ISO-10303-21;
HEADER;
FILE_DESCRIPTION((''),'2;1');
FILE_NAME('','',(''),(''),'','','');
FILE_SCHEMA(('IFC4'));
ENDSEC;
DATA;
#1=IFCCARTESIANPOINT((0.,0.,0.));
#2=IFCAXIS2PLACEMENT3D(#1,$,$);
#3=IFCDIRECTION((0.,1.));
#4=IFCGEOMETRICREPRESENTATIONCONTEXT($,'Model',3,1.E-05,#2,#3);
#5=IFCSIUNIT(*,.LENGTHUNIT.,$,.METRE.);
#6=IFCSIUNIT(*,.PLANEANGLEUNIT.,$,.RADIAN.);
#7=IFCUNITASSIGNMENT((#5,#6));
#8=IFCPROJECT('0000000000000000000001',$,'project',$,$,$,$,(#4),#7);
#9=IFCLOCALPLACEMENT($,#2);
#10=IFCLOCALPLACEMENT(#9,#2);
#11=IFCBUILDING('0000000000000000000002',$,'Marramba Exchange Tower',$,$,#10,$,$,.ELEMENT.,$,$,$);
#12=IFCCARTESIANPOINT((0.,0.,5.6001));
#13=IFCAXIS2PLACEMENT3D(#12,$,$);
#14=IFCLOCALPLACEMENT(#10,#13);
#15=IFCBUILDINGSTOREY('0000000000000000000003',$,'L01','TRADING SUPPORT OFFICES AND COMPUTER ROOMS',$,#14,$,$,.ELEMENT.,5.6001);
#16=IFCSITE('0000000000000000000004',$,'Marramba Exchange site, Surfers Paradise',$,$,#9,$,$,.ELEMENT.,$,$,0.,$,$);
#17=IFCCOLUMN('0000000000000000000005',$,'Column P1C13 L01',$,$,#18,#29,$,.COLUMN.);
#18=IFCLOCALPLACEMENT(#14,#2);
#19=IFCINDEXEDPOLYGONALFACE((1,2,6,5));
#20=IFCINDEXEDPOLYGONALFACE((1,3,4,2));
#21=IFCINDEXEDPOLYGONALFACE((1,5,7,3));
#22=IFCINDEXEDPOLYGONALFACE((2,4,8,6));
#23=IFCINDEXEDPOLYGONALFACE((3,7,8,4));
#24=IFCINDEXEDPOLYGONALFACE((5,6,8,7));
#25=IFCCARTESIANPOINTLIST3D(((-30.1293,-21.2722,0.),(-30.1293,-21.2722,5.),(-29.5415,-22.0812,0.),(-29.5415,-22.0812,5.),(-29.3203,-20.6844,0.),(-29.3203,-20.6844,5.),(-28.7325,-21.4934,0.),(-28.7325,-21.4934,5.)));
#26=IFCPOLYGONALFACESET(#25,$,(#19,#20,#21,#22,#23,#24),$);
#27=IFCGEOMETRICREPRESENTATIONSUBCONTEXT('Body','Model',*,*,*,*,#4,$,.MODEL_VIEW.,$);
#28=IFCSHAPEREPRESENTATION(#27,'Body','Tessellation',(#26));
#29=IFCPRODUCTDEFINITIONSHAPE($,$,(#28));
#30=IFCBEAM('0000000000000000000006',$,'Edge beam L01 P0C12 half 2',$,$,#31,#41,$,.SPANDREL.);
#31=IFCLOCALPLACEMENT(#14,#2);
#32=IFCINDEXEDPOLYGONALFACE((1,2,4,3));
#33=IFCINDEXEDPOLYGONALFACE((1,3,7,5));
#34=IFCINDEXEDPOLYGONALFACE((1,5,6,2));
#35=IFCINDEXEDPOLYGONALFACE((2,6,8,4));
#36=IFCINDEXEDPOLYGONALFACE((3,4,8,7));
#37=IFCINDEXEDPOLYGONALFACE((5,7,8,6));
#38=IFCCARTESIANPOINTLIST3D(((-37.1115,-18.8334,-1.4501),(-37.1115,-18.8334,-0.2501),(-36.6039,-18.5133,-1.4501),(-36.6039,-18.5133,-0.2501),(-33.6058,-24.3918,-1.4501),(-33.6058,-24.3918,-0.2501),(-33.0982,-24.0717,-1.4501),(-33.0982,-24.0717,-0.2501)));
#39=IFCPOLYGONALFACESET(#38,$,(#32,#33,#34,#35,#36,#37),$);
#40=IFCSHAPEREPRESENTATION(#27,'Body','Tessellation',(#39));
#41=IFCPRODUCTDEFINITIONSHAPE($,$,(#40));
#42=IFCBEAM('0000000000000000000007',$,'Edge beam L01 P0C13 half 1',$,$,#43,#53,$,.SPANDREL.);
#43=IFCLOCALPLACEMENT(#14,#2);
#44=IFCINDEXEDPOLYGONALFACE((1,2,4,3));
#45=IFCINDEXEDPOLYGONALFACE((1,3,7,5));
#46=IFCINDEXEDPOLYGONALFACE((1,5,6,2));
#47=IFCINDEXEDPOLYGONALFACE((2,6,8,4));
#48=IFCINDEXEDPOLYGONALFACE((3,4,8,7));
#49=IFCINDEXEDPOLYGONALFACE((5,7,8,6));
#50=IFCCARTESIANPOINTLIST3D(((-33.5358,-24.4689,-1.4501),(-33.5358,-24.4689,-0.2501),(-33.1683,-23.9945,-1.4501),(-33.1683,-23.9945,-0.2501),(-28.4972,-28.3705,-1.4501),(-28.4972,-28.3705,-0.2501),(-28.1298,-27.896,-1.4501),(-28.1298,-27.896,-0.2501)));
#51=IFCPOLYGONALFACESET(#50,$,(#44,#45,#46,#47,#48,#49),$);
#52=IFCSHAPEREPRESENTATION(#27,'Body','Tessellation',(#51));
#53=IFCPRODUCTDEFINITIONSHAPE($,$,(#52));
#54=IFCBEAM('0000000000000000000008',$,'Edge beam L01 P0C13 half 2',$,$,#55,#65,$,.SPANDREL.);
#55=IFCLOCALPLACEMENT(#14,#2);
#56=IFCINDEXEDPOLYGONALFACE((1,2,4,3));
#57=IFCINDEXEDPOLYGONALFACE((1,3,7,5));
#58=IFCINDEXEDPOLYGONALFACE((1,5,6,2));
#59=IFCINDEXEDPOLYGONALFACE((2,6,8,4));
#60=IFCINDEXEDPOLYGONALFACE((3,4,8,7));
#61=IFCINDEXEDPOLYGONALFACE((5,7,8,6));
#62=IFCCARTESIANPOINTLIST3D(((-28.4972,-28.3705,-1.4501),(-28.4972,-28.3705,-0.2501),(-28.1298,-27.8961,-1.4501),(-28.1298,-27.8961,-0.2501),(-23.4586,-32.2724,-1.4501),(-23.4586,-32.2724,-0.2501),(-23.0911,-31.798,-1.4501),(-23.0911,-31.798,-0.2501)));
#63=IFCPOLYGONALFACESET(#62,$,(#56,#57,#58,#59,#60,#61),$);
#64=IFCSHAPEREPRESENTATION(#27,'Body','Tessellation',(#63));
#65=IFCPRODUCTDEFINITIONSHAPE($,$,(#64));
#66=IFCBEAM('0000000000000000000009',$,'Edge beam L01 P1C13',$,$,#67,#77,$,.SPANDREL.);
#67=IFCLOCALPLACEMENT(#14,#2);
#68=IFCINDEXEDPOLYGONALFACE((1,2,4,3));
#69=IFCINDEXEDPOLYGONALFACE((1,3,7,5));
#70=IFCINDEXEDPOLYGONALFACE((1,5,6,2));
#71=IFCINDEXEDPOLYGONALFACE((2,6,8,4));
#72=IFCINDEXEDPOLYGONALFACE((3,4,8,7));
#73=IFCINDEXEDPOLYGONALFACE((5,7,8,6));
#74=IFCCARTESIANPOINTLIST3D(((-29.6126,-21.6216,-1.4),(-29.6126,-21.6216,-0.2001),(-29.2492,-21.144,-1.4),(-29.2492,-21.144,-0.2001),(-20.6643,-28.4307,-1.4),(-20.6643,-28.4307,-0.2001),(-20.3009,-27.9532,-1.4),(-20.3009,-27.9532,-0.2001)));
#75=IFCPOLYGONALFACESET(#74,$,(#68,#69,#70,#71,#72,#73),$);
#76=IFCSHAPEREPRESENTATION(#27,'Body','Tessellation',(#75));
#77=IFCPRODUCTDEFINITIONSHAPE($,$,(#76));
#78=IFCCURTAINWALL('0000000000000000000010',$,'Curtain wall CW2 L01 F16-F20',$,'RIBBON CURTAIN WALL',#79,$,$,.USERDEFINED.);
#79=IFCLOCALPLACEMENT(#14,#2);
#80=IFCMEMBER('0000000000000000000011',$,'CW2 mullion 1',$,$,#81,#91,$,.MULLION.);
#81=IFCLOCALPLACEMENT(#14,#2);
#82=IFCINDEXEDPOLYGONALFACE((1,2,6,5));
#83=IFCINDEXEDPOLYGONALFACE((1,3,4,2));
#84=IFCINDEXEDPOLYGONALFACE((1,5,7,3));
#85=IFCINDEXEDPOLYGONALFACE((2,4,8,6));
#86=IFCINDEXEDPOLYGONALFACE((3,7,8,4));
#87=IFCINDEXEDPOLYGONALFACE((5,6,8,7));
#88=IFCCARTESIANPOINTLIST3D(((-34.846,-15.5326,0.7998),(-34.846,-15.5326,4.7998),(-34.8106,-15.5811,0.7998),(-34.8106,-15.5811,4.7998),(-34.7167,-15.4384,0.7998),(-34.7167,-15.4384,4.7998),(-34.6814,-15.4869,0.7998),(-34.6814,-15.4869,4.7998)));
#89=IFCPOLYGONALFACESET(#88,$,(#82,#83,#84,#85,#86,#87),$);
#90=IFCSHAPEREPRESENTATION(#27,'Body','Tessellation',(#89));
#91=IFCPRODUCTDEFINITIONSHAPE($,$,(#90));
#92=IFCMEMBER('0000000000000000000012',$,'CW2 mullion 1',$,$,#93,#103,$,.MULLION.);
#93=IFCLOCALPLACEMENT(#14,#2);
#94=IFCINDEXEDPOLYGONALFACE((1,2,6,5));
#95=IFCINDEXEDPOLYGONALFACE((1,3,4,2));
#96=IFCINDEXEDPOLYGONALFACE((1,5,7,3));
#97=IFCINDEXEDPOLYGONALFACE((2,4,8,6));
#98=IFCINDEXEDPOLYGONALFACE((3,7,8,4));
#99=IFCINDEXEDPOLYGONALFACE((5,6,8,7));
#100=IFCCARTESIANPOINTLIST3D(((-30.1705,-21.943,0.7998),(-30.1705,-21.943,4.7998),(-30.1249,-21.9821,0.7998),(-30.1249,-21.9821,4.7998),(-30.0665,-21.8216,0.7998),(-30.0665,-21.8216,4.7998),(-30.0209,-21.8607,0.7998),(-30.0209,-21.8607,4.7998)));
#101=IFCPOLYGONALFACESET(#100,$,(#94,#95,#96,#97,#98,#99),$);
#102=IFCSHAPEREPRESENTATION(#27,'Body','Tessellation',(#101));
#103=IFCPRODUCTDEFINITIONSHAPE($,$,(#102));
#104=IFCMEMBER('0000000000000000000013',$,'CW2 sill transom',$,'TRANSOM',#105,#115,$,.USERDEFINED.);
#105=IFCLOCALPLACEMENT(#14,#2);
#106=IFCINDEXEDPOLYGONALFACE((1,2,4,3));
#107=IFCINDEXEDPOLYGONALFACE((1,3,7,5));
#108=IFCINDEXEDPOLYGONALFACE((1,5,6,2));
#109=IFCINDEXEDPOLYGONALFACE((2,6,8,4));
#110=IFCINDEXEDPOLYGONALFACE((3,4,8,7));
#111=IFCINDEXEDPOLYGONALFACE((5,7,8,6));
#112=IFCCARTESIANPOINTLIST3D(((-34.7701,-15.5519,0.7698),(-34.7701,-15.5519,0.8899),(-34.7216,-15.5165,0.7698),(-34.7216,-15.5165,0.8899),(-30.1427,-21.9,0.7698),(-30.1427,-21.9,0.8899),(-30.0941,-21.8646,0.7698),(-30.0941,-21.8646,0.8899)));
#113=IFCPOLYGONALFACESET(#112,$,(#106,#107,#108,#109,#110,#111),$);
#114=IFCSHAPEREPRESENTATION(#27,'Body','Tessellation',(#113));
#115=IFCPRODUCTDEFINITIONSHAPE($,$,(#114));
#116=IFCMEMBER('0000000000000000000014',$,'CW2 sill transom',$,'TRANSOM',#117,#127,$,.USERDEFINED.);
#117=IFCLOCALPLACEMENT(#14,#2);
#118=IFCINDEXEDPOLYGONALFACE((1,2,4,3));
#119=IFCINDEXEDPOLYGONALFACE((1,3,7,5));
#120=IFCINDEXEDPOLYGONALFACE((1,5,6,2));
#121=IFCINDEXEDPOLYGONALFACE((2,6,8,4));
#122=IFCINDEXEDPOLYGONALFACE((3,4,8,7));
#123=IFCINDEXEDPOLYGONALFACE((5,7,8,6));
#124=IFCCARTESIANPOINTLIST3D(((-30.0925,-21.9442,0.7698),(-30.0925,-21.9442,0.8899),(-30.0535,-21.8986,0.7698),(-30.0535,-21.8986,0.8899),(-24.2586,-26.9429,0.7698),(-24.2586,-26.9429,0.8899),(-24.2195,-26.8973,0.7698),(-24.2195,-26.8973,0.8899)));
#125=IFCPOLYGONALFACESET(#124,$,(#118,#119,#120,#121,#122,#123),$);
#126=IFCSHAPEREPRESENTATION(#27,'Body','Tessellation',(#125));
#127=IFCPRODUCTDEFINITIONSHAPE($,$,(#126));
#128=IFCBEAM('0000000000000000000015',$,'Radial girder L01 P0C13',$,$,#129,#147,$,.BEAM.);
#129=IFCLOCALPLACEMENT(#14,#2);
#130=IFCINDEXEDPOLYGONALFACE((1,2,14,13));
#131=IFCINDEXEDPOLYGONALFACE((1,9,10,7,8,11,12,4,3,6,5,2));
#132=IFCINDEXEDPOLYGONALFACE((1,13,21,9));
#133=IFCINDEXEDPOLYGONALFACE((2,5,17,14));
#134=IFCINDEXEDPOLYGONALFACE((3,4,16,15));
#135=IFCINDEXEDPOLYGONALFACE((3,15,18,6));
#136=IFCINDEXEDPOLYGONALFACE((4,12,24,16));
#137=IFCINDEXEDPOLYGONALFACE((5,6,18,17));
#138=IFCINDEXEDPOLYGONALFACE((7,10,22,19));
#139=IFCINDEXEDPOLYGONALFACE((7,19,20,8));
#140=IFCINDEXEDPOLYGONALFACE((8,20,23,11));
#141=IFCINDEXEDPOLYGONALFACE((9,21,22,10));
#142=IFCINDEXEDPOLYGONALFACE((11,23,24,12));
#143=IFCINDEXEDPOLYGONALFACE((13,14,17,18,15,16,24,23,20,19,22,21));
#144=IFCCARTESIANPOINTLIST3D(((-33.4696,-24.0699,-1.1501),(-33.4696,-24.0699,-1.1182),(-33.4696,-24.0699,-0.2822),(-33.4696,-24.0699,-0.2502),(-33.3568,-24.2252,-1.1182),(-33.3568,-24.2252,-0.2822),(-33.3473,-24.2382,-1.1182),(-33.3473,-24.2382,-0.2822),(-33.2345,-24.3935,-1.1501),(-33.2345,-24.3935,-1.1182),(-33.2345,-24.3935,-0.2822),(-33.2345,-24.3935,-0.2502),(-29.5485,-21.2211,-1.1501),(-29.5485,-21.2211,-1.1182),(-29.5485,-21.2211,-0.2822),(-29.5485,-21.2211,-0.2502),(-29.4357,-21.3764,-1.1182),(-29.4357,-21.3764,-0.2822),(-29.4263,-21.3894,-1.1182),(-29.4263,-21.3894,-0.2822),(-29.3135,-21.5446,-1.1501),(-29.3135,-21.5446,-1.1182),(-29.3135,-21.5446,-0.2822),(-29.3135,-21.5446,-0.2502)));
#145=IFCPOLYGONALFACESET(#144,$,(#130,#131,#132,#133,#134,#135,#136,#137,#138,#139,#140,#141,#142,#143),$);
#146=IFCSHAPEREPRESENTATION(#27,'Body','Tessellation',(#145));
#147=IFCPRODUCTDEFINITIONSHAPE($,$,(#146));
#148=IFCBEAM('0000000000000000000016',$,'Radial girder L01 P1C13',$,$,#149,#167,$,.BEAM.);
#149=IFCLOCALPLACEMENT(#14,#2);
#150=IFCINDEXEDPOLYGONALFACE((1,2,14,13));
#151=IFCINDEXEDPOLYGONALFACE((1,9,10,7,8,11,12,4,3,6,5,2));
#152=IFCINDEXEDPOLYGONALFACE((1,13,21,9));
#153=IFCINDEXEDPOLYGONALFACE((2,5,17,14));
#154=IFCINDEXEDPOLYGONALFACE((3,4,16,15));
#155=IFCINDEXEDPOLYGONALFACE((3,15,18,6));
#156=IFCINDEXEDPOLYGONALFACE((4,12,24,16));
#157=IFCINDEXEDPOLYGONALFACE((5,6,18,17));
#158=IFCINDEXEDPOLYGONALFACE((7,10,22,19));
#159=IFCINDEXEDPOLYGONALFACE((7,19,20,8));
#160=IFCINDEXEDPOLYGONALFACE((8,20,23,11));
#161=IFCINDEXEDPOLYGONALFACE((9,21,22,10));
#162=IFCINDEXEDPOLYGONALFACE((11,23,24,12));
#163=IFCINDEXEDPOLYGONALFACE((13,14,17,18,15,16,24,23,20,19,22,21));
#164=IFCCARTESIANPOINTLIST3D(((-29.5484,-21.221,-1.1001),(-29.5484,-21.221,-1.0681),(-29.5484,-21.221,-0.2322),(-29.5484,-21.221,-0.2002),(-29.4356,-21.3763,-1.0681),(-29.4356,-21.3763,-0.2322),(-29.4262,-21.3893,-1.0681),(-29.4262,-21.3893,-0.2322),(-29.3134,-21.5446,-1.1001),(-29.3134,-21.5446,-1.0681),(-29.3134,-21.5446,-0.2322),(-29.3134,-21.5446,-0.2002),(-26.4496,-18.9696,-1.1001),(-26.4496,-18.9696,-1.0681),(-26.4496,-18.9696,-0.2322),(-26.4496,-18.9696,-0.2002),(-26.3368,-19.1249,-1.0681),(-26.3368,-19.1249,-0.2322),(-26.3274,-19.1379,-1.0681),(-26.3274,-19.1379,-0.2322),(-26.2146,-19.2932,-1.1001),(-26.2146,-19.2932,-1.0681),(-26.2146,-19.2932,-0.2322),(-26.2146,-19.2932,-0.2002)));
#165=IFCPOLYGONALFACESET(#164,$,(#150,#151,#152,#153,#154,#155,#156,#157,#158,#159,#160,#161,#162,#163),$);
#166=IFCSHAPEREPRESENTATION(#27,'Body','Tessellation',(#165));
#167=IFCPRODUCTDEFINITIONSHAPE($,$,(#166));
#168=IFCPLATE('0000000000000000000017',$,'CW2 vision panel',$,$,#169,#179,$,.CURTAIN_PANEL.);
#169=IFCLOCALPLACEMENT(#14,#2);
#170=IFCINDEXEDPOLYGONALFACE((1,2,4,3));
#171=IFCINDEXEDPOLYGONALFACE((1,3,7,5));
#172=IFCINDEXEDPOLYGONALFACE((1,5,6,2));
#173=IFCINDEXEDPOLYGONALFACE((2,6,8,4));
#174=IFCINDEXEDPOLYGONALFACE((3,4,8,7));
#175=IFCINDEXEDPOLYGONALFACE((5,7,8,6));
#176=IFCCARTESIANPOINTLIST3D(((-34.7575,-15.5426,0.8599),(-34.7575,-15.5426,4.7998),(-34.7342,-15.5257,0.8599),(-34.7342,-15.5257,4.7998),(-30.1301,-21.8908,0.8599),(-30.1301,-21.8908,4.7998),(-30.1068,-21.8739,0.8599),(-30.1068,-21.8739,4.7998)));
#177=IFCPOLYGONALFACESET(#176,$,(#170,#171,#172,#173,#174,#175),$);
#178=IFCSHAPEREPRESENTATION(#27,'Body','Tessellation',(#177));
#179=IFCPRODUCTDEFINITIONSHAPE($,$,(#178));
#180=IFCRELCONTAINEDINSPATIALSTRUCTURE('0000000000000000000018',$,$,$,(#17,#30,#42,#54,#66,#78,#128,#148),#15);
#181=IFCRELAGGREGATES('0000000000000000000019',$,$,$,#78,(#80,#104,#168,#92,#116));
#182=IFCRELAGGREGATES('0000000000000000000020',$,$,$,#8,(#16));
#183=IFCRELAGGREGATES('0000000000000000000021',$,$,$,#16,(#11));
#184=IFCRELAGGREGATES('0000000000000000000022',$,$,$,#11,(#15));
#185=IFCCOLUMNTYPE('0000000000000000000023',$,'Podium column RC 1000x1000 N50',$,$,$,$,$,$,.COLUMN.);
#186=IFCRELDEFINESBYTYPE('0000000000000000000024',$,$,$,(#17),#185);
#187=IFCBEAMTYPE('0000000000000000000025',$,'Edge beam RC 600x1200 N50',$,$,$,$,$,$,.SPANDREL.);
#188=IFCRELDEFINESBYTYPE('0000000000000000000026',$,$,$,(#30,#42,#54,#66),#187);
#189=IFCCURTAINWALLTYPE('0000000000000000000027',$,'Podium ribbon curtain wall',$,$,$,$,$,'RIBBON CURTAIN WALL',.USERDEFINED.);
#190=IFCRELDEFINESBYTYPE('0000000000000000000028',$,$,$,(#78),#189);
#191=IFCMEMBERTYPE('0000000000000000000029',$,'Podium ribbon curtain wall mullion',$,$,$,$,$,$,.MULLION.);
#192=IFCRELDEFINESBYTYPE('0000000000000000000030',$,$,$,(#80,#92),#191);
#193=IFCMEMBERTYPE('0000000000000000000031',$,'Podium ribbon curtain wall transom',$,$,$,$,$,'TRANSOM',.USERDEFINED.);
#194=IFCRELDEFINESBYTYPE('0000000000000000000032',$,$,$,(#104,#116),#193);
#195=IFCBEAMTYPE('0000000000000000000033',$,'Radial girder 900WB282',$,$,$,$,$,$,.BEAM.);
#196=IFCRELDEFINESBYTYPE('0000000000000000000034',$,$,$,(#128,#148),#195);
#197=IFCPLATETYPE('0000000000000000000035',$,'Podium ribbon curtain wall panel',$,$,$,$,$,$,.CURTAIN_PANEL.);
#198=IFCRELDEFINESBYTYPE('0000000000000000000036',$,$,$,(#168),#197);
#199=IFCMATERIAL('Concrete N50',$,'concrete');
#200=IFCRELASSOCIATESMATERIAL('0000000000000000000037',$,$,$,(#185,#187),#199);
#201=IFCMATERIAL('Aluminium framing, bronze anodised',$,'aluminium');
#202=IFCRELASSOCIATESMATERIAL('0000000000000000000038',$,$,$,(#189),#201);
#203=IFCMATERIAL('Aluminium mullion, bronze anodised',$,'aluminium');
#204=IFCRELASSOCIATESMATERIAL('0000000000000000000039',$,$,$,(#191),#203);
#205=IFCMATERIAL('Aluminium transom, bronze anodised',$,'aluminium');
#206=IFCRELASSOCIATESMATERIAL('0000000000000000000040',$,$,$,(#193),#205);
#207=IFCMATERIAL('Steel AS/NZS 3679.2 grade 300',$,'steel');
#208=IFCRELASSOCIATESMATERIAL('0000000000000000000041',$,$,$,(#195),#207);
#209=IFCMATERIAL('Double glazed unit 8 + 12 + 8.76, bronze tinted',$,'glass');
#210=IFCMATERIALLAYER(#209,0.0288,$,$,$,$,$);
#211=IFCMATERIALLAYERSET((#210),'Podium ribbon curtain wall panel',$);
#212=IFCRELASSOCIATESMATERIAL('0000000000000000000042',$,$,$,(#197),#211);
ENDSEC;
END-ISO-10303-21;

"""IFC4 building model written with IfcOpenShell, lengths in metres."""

from ifc_helpers import new_model, si_unit, direction, frame, origin, origin_2d, place, context, subcontext, project, spatial, rectangle, i_section, extrude, material, layer, layer_set, material_profile, profile_set, type_object, element, aggregate, save


model = new_model("IFC4")

# Units and contexts
model_context = context("Model", 3, precision=1e-05, world=origin(), true_north=direction((0.0, 1.0)))
body_context = subcontext(model_context, "Body", "Model", "MODEL_VIEW")
ifc_project = project(units=[si_unit("LENGTHUNIT", "METRE"), si_unit("PLANEANGLEUNIT", "RADIAN")], contexts=[model_context])

# Site, building, storey
site_placement = place(None, origin())
site = spatial("IfcSite", under=ifc_project, at=site_placement, Name="Marramba Exchange site, Surfers Paradise", CompositionType="ELEMENT", RefElevation=0.0)
building_placement = place(site_placement, origin())
building = spatial("IfcBuilding", under=site, at=building_placement, Name="Marramba Exchange Tower", CompositionType="ELEMENT")
storey_placement = place(building_placement, frame((0.0, 0.0, 5.6001)))
storey = spatial("IfcBuildingStorey", under=building, at=storey_placement, Name="L01", Description="TRADING SUPPORT OFFICES AND COMPUTER ROOMS", CompositionType="ELEMENT", Elevation=5.6001)

# Column
ifc_material_1 = material(Name="Concrete N50", Category="concrete")
ifc_material_profile_1 = material_profile(ifc_material_1, rectangle(XDim=1.0, YDim=1.0, at=origin_2d()), Name="RC 1000x1000")
ifc_profile_set_1 = profile_set([ifc_material_profile_1], Name="Concrete N50")
column_type = type_object("IfcColumnType", Name="Podium column RC 1000x1000 N50", PredefinedType="COLUMN", material=ifc_profile_set_1)
column_placement = place(storey_placement, frame((-29.4309, -21.3828, 0.0), z_axis=(0.0, 0.0, 1.0), x_axis=(-0.809017, -0.587785, 0.0)))
element("IfcColumn", 1, at=column_placement, inside=storey, type_object=column_type, Name="Column P1C13 L01", PredefinedType="COLUMN", context=body_context, shape_type="SweptSolid", body=[
    extrude(rectangle(XDim=1.0, YDim=1.0, at=origin_2d()), origin(), (0.0, 0.0, 1.0), 5.0),
])

# Beams
ifc_material_profile_2 = material_profile(ifc_material_1, rectangle(XDim=0.6001, YDim=1.2, at=origin_2d()), Name="RC 600x1200")
ifc_profile_set_2 = profile_set([ifc_material_profile_2], Name="Concrete N50")
beam_type_1 = type_object("IfcBeamType", Name="Edge beam RC 600x1200 N50", PredefinedType="SPANDREL", material=ifc_profile_set_2)
beam_1_placement = place(storey_placement, frame((-36.8577, -18.6733, -0.8501), z_axis=(0.533458, -0.845827, 0.0), x_axis=(0.845827, 0.533458, 0.0)))
element("IfcBeam", 2, at=beam_1_placement, inside=storey, type_object=beam_type_1, Name="Edge beam L01 P0C12 half 2", PredefinedType="SPANDREL", context=body_context, shape_type="SweptSolid", body=[
    extrude(rectangle(XDim=0.6001, YDim=1.2, at=origin_2d()), origin(), (0.0, 0.0, 1.0), 6.5715),
])
beam_2_placement = place(storey_placement, frame((-33.3521, -24.2317, -0.8501), z_axis=(0.790664, -0.61225, 0.0), x_axis=(0.61225, 0.790664, 0.0)))
element("IfcBeam", 3, at=beam_2_placement, inside=storey, type_object=beam_type_1, Name="Edge beam L01 P0C13 half 1", PredefinedType="SPANDREL", context=body_context, shape_type="SweptSolid", body=[
    extrude(rectangle(XDim=0.6001, YDim=1.2, at=origin_2d()), origin(), (0.0, 0.0, 1.0), 6.3726),
])
beam_3_placement = place(storey_placement, frame((-28.3135, -28.1333, -0.8501), z_axis=(0.790646, -0.612274, 0.0), x_axis=(0.612274, 0.790646, 0.0)))
element("IfcBeam", 4, at=beam_3_placement, inside=storey, type_object=beam_type_1, Name="Edge beam L01 P0C13 half 2", PredefinedType="SPANDREL", context=body_context, shape_type="SweptSolid", body=[
    extrude(rectangle(XDim=0.6001, YDim=1.2, at=origin_2d()), origin(), (0.0, 0.0, 1.0), 6.3728),
])
beam_4_placement = place(storey_placement, frame((-29.4309, -21.3828, -0.8), z_axis=(0.795801, -0.605558, 0.0), x_axis=(0.605558, 0.795801, 0.0)))
element("IfcBeam", 5, at=beam_4_placement, inside=storey, type_object=beam_type_1, Name="Edge beam L01 P1C13", PredefinedType="SPANDREL", context=body_context, shape_type="SweptSolid", body=[
    extrude(rectangle(XDim=0.6001, YDim=1.2, at=origin_2d()), origin(), (0.0, 0.0, 1.0), 11.2444),
])

# Curtain wall, members
ifc_material_2 = material(Name="Aluminium framing, bronze anodised", Category="aluminium")
curtain_wall_type = type_object("IfcCurtainWallType", Name="Podium ribbon curtain wall", ElementType="RIBBON CURTAIN WALL", PredefinedType="USERDEFINED", material=ifc_material_2)
curtain_wall_placement = place(storey_placement, origin())
curtain_wall = element("IfcCurtainWall", 6, at=curtain_wall_placement, inside=storey, type_object=curtain_wall_type, Name="Curtain wall CW2 L01 F16-F20", ObjectType="RIBBON CURTAIN WALL", PredefinedType="USERDEFINED")
ifc_material_3 = material(Name="Aluminium mullion, bronze anodised", Category="aluminium")
ifc_material_profile_3 = material_profile(ifc_material_3, rectangle(XDim=0.1599, YDim=0.0601, at=origin_2d()), Name="CW2 mullion 60x160")
ifc_profile_set_3 = profile_set([ifc_material_profile_3], Name="Aluminium mullion, bronze anodised")
member_type_1 = type_object("IfcMemberType", Name="Podium ribbon curtain wall mullion", PredefinedType="MULLION", material=ifc_profile_set_3)
member_1_placement = place(storey_placement, frame((-34.7637, -15.5098, 0.7998), z_axis=(0.0, 0.0, 1.0), x_axis=(0.8081, 0.589046, 0.0)))
member_1 = element("IfcMember", 7, at=member_1_placement, type_object=member_type_1, Name="CW2 mullion 1", PredefinedType="MULLION", context=body_context, shape_type="SweptSolid", body=[
    extrude(rectangle(XDim=0.1599, YDim=0.0601, at=origin_2d()), origin(), (0.0, 0.0, 1.0), 4.0),
])
member_2_placement = place(storey_placement, frame((-30.0957, -21.9019, 0.7998), z_axis=(0.0, 0.0, 1.0), x_axis=(0.650655, 0.759374, 0.0)))
member_2 = element("IfcMember", 8, at=member_2_placement, type_object=member_type_1, Name="CW2 mullion 1", PredefinedType="MULLION", context=body_context, shape_type="SweptSolid", body=[
    extrude(rectangle(XDim=0.1599, YDim=0.0601, at=origin_2d()), origin(), (0.0, 0.0, 1.0), 4.0),
])
ifc_material_4 = material(Name="Aluminium transom, bronze anodised", Category="aluminium")
ifc_material_profile_4 = material_profile(ifc_material_4, rectangle(XDim=0.0601, YDim=0.1201, at=origin_2d()), Name="CW2 transom 60x120")
ifc_profile_set_4 = profile_set([ifc_material_profile_4], Name="Aluminium transom, bronze anodised")
member_type_2 = type_object("IfcMemberType", Name="Podium ribbon curtain wall transom", ElementType="TRANSOM", PredefinedType="USERDEFINED", material=ifc_profile_set_4)
member_3_placement = place(storey_placement, frame((-34.7458, -15.5342, 0.8298), z_axis=(0.589055, -0.808093, 0.0), x_axis=(0.808093, 0.589055, 0.0)))
member_3 = element("IfcMember", 9, at=member_3_placement, type_object=member_type_2, Name="CW2 sill transom", ObjectType="TRANSOM", PredefinedType="USERDEFINED", context=body_context, shape_type="SweptSolid", body=[
    extrude(rectangle(XDim=0.0601, YDim=0.1201, at=origin_2d()), origin(), (0.0, 0.0, 1.0), 7.8557),
])
member_4_placement = place(storey_placement, frame((-30.073, -21.9214, 0.8298), z_axis=(0.759371, -0.650658, 0.0), x_axis=(0.650658, 0.759371, 0.0)))
member_4 = element("IfcMember", 10, at=member_4_placement, type_object=member_type_2, Name="CW2 sill transom", ObjectType="TRANSOM", PredefinedType="USERDEFINED", context=body_context, shape_type="SweptSolid", body=[
    extrude(rectangle(XDim=0.0601, YDim=0.1201, at=origin_2d()), origin(), (0.0, 0.0, 1.0), 7.6826),
])

# Beams
ifc_material_5 = material(Name="Steel AS/NZS 3679.2 grade 300", Category="steel")
ifc_material_profile_5 = material_profile(ifc_material_5, i_section(OverallWidth=0.3999, OverallDepth=0.8999, WebThickness=0.0161, FlangeThickness=0.032, at=origin_2d()), Name="900WB282")
ifc_profile_set_5 = profile_set([ifc_material_profile_5], Name="Steel AS/NZS 3679.2 grade 300")
beam_type_2 = type_object("IfcBeamType", Name="Radial girder 900WB282", PredefinedType="BEAM", material=ifc_profile_set_5)
beam_5_placement = place(storey_placement, frame((-33.3521, -24.2317, -0.7002), z_axis=(0.809017, 0.587785, 0.0), x_axis=(-0.587785, 0.809017, 0.0)))
element("IfcBeam", 11, at=beam_5_placement, inside=storey, type_object=beam_type_2, Name="Radial girder L01 P0C13", PredefinedType="BEAM", context=body_context, shape_type="SweptSolid", body=[
    extrude(i_section(OverallWidth=0.3999, OverallDepth=0.8999, WebThickness=0.0161, FlangeThickness=0.032, at=origin_2d()), origin(), (0.0, 0.0, 1.0), 4.8467),
])
beam_6_placement = place(storey_placement, frame((-29.4309, -21.3828, -0.6501), z_axis=(0.809017, 0.587785, 0.0), x_axis=(-0.587785, 0.809017, 0.0)))
element("IfcBeam", 12, at=beam_6_placement, inside=storey, type_object=beam_type_2, Name="Radial girder L01 P1C13", PredefinedType="BEAM", context=body_context, shape_type="SweptSolid", body=[
    extrude(i_section(OverallWidth=0.3999, OverallDepth=0.8999, WebThickness=0.0161, FlangeThickness=0.032, at=origin_2d()), origin(), (0.0, 0.0, 1.0), 3.8303),
])

# Plate
ifc_material_6 = material(Name="Double glazed unit 8 + 12 + 8.76, bronze tinted", Category="glass")
ifc_layer_1 = layer(ifc_material_6, 0.0288)
ifc_layer_set_1 = layer_set([ifc_layer_1], Name="Podium ribbon curtain wall panel")
plate_type = type_object("IfcPlateType", Name="Podium ribbon curtain wall panel", PredefinedType="CURTAIN_PANEL", material=ifc_layer_set_1)
plate_placement = place(storey_placement, frame((-32.4321, -18.7083, 0.8599), z_axis=(0.0, 0.0, 1.0), x_axis=(0.589046, -0.8081, 0.0)))
plate = element("IfcPlate", 13, at=plate_placement, type_object=plate_type, Name="CW2 vision panel", PredefinedType="CURTAIN_PANEL", context=body_context, shape_type="SweptSolid", body=[
    extrude(rectangle(XDim=7.8557, YDim=0.0288, at=origin_2d()), origin(), (0.0, 0.0, 1.0), 3.9399),
])
aggregate(curtain_wall, [member_1, member_3, plate, member_2, member_4])

save(model, "model.ifc")
